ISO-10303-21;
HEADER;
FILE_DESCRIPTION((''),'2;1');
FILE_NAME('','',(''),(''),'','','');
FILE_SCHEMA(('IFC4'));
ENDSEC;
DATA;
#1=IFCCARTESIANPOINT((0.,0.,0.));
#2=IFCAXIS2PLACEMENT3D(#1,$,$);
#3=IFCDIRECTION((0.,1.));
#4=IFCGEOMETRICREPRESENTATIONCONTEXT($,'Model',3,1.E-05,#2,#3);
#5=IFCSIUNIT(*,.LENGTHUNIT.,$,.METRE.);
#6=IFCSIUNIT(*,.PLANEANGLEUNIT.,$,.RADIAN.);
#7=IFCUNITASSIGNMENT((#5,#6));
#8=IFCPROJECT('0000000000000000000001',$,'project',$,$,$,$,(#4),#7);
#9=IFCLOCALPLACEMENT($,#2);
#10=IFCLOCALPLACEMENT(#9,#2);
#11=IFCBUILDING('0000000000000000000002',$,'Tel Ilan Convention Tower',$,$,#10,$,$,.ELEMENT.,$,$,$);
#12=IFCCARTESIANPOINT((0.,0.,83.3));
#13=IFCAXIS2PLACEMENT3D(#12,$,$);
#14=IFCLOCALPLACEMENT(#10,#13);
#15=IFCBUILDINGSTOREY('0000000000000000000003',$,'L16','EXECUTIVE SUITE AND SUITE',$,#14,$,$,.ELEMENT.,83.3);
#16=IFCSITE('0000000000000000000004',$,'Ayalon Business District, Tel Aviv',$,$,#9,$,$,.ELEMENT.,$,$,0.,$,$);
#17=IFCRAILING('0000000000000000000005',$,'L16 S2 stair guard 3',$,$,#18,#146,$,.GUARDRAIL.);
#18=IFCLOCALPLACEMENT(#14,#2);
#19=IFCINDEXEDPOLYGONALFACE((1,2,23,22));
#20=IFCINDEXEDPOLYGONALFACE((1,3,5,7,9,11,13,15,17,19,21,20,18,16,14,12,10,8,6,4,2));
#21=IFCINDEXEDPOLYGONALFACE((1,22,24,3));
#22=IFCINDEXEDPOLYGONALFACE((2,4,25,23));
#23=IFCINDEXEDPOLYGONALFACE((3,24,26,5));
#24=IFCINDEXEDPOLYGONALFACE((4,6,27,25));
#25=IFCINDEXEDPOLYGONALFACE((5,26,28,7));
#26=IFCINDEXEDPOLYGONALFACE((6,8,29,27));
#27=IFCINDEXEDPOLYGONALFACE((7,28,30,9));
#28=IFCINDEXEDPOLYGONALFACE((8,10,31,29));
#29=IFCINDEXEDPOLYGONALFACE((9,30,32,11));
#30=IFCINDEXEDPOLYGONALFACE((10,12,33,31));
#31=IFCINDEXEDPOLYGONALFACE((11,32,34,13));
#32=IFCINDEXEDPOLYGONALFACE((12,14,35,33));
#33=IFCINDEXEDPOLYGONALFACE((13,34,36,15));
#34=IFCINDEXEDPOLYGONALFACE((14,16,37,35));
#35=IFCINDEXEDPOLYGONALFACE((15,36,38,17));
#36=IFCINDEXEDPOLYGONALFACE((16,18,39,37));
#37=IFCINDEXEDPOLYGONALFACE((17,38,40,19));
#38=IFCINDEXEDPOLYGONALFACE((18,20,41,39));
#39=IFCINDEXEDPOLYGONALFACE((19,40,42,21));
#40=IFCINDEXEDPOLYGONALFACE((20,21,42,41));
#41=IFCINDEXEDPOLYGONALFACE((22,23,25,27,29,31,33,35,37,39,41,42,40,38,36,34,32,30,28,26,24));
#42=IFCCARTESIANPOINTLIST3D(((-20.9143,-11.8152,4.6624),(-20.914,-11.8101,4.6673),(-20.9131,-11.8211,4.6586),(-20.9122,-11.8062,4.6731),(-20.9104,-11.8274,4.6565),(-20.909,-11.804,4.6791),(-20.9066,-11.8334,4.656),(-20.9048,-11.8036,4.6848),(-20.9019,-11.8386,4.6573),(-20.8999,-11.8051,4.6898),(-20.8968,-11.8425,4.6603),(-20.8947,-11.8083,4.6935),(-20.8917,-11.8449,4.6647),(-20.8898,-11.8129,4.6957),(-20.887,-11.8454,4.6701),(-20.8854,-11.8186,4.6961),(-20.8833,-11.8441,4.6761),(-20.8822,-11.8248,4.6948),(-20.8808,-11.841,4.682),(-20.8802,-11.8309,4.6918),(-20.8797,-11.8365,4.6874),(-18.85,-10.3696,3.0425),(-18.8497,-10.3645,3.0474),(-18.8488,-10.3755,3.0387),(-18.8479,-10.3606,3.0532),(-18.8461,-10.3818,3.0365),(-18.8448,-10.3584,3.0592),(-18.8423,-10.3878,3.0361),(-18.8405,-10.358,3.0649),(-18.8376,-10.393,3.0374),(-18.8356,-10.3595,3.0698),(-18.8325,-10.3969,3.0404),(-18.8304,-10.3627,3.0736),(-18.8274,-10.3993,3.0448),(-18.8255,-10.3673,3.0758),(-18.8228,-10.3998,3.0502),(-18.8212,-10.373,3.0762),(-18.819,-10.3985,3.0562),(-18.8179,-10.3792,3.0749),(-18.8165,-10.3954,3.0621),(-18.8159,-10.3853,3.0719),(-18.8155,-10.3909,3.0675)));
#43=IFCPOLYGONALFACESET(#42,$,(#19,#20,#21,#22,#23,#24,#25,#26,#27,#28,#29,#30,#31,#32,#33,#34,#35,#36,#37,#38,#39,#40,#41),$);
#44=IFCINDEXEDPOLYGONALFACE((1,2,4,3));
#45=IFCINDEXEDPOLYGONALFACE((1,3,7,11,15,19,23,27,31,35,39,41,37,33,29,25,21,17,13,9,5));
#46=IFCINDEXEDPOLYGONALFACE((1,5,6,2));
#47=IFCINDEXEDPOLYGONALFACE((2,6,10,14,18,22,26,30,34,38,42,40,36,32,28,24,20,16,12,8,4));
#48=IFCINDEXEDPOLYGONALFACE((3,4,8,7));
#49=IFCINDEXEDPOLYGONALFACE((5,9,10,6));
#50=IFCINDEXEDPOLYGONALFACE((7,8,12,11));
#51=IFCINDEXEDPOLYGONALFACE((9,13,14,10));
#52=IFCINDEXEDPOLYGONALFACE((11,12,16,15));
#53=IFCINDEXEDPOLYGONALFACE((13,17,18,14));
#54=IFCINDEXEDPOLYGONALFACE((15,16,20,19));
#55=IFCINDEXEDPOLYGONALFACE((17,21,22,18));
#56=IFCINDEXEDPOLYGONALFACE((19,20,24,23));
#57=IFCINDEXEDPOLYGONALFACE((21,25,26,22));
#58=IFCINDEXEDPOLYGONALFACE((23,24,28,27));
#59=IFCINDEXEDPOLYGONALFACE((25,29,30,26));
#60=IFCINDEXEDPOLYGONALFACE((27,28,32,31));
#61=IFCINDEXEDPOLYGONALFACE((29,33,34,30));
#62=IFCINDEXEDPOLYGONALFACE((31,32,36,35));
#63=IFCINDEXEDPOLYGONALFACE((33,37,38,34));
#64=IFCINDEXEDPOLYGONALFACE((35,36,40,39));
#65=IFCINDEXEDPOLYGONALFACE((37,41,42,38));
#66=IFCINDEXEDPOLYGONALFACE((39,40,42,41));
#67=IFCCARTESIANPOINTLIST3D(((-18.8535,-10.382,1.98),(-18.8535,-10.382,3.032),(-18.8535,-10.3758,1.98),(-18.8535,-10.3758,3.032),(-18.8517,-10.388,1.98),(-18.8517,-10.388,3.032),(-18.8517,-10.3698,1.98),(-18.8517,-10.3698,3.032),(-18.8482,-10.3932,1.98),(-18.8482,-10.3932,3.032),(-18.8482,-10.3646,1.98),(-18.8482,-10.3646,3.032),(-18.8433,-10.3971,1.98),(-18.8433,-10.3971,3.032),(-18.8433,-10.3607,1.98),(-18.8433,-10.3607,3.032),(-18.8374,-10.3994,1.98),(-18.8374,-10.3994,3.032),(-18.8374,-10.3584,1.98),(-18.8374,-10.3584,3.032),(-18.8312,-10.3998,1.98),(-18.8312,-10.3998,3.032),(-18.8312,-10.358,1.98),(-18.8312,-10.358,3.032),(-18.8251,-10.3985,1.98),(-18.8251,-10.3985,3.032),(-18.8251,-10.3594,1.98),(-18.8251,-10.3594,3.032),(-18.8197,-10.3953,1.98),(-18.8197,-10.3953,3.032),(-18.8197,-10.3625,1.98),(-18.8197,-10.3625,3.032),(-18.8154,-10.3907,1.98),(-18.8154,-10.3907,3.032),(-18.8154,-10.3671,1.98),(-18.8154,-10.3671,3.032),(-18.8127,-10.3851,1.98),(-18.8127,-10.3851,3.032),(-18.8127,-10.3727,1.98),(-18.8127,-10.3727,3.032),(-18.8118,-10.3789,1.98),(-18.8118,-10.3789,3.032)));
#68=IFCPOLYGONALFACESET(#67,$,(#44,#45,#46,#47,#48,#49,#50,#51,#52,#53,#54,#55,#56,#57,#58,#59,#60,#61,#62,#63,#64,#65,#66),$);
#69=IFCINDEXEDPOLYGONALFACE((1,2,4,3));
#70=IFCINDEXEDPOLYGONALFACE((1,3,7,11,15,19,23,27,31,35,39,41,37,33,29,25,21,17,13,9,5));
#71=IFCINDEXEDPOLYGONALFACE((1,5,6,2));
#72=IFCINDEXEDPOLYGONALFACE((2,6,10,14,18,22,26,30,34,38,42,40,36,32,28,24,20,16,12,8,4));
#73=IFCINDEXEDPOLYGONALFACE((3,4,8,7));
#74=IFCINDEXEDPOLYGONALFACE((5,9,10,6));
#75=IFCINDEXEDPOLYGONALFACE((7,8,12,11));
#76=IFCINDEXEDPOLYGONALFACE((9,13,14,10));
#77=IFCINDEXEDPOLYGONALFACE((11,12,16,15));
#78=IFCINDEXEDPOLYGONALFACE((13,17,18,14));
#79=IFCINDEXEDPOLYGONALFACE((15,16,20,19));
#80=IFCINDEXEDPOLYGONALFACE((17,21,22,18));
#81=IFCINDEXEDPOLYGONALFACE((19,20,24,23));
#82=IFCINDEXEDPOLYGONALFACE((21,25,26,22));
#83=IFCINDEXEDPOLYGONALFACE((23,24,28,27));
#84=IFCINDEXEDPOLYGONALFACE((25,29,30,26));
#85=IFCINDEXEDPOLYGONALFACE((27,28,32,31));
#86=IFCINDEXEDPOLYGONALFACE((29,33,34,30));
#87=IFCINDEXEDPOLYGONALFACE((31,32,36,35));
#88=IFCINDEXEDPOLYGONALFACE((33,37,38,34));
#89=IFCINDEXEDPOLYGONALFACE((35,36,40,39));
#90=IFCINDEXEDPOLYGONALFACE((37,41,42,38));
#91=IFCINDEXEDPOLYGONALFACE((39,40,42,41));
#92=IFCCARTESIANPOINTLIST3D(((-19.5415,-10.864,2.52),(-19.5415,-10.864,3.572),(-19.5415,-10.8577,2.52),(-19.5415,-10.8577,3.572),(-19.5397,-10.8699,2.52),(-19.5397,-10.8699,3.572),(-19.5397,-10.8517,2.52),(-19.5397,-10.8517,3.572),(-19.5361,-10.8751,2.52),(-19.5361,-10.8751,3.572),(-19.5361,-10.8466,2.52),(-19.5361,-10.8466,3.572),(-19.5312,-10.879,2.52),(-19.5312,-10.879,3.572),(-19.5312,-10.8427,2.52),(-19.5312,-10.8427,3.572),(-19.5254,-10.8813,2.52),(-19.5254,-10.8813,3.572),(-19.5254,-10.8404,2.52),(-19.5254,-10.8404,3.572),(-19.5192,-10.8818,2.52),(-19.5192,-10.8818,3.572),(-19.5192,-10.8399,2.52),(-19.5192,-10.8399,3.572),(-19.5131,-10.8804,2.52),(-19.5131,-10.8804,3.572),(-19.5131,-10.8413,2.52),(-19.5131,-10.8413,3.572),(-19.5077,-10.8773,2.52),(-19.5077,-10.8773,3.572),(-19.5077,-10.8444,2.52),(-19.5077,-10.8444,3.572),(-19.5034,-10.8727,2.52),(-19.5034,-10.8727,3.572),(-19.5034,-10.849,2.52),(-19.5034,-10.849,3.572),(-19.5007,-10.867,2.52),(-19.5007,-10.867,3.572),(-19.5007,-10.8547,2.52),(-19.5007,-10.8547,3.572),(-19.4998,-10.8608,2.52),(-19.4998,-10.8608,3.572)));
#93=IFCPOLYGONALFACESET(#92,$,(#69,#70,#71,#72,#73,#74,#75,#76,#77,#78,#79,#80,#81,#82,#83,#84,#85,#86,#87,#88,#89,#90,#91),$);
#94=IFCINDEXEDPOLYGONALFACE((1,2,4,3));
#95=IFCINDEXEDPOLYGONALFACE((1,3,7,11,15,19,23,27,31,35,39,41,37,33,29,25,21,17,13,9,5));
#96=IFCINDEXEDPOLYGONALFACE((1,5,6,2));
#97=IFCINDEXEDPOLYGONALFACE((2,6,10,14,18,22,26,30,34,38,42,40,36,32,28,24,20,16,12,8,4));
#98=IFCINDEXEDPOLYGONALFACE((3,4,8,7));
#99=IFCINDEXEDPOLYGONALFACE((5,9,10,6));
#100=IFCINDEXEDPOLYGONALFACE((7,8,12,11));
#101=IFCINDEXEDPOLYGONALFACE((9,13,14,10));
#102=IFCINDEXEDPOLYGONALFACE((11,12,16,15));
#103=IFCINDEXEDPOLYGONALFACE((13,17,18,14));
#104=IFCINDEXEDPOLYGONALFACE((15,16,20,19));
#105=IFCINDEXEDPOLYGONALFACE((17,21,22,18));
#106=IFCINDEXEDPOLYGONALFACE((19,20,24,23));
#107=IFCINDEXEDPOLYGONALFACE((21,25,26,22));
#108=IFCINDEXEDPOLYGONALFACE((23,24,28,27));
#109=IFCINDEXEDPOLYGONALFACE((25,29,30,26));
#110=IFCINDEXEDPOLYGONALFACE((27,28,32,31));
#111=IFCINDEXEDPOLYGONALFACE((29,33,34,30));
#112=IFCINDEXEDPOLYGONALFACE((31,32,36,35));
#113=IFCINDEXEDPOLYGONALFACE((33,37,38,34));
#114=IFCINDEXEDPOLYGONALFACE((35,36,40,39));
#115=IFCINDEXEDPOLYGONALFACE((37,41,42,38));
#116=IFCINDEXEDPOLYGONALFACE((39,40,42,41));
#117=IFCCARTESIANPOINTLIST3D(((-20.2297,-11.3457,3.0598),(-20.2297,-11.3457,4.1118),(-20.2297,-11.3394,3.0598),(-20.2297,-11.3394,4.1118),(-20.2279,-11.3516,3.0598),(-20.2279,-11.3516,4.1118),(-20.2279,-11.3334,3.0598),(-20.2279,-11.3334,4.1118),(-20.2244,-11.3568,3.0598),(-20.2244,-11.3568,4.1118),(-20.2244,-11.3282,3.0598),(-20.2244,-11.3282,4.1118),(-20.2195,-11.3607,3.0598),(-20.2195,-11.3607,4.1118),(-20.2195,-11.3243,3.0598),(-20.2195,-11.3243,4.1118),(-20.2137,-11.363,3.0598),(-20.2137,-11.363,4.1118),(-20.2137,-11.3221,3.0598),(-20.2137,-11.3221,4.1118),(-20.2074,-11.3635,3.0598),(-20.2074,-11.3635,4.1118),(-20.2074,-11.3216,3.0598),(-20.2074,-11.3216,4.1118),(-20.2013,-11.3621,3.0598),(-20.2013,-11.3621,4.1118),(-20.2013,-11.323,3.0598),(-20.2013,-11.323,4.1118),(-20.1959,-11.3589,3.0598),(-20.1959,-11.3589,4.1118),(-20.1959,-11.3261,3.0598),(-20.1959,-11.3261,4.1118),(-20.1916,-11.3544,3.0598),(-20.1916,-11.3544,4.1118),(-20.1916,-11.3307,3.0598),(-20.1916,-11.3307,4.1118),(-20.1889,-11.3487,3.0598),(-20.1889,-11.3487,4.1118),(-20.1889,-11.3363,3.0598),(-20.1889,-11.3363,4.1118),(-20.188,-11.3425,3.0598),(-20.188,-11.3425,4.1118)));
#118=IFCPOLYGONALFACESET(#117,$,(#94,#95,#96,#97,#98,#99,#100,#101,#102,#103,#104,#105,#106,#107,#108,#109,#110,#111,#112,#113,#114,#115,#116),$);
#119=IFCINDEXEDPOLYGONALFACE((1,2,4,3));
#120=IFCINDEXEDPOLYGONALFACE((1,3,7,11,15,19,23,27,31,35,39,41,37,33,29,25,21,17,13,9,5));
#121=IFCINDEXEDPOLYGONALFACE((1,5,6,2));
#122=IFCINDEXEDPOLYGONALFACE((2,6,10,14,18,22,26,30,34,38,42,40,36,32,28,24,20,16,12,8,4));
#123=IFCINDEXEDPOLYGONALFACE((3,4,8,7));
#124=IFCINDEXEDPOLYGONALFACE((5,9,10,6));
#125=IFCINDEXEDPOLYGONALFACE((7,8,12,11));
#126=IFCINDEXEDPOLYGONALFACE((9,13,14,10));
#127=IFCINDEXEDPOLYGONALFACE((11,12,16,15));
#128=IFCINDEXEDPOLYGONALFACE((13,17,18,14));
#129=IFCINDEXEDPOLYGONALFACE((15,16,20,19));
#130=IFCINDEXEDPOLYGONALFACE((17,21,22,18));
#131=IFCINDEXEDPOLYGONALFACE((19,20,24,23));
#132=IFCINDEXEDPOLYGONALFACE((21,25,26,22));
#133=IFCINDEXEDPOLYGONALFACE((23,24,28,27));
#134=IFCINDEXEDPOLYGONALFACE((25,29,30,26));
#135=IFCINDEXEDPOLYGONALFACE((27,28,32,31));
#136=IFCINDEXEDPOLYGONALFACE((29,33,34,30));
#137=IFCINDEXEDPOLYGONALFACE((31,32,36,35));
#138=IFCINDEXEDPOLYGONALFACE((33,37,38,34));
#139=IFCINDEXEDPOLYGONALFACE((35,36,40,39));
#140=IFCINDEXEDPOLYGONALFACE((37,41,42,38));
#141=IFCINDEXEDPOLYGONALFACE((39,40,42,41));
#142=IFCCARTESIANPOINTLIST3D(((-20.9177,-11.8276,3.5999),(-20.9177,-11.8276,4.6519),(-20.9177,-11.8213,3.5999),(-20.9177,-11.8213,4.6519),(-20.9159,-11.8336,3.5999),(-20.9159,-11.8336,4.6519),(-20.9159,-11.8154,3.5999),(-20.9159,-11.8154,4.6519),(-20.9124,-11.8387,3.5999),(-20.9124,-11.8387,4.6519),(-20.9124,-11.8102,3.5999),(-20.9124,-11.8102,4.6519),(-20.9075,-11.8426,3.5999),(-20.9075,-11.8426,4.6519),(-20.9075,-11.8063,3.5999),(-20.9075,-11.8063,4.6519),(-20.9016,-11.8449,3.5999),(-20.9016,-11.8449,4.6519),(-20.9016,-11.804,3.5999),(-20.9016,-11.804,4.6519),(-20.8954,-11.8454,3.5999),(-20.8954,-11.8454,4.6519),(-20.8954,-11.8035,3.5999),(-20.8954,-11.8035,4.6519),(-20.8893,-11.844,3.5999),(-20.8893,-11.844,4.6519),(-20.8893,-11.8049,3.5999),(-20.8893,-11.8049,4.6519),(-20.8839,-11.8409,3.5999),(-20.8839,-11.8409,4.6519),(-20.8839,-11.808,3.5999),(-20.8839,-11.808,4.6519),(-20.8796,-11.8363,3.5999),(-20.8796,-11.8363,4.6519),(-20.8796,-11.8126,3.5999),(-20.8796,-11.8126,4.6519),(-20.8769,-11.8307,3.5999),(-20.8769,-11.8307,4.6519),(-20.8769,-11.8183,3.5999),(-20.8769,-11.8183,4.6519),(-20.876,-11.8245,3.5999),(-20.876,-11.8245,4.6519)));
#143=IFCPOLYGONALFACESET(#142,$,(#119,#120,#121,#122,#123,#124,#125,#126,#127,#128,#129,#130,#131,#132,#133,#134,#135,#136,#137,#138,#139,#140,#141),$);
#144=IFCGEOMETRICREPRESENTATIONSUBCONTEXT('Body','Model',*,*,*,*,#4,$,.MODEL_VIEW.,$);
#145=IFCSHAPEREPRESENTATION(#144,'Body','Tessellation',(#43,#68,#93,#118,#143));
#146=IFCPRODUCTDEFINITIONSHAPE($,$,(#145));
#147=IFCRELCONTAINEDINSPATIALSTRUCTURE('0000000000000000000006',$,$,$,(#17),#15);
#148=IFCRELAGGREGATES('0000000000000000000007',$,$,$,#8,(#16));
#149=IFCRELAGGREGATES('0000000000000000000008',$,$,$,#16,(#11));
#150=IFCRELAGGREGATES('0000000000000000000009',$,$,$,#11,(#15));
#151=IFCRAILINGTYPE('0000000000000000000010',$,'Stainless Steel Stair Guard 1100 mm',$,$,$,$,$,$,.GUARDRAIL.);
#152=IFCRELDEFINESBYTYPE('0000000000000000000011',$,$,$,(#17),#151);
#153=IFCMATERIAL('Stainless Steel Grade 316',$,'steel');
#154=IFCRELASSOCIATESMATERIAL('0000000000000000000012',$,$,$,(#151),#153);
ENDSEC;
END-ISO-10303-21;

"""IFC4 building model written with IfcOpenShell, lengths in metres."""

from ifc_helpers import new_model, si_unit, direction, frame, origin, origin_2d, place, context, subcontext, project, spatial, circle, extrude, material, type_object, element, save


model = new_model("IFC4")

# Units and contexts
model_context = context("Model", 3, precision=1e-05, world=origin(), true_north=direction((0.0, 1.0)))
body_context = subcontext(model_context, "Body", "Model", "MODEL_VIEW")
ifc_project = project(units=[si_unit("LENGTHUNIT", "METRE"), si_unit("PLANEANGLEUNIT", "RADIAN")], contexts=[model_context])

# Site, building, storey
site_placement = place(None, origin())
site = spatial("IfcSite", under=ifc_project, at=site_placement, Name="Ayalon Business District, Tel Aviv", CompositionType="ELEMENT", RefElevation=0.0)
building_placement = place(site_placement, origin())
building = spatial("IfcBuilding", under=site, at=building_placement, Name="Tel Ilan Convention Tower", CompositionType="ELEMENT")
storey_placement = place(building_placement, frame((0.0, 0.0, 83.3)))
storey = spatial("IfcBuildingStorey", under=building, at=storey_placement, Name="L16", Description="EXECUTIVE SUITE AND SUITE", CompositionType="ELEMENT", Elevation=83.3)

# Railing
ifc_material_1 = material(Name="Stainless Steel Grade 316", Category="steel")
railing_type_1 = type_object("IfcRailingType", Name="Stainless Steel Stair Guard 1100 mm", PredefinedType="GUARDRAIL", material=ifc_material_1)
railing_1_placement = place(storey_placement, frame((-18.8328, -10.3789, 1.98)))
element("IfcRailing", 1, at=railing_1_placement, inside=storey, type_object=railing_type_1, Name="L16 S2 stair guard 3", PredefinedType="GUARDRAIL", context=body_context, shape_type="SweptSolid", body=[
    extrude(circle(Radius=0.0239, at=origin_2d()), frame((0.0, 0.0, 1.0762), z_axis=(-0.689043, -0.482534, 0.540722), x_axis=(0.573625, -0.819118, 0.0)), (0.0, 0.0, 1.0), 2.9958),
    extrude(circle(Radius=0.021, at=origin_2d()), origin(), (0.0, 0.0, 1.0), 1.052),
    extrude(circle(Radius=0.021, at=origin_2d()), frame((-0.688, -0.4819, 0.54)), (0.0, 0.0, 1.0), 1.052),
    extrude(circle(Radius=0.021, at=origin_2d()), frame((-1.3762, -0.9636, 1.0798)), (0.0, 0.0, 1.0), 1.052),
    extrude(circle(Radius=0.021, at=origin_2d()), frame((-2.0642, -1.4456, 1.6199)), (0.0, 0.0, 1.0), 1.052),
])

save(model, "model.ifc")
